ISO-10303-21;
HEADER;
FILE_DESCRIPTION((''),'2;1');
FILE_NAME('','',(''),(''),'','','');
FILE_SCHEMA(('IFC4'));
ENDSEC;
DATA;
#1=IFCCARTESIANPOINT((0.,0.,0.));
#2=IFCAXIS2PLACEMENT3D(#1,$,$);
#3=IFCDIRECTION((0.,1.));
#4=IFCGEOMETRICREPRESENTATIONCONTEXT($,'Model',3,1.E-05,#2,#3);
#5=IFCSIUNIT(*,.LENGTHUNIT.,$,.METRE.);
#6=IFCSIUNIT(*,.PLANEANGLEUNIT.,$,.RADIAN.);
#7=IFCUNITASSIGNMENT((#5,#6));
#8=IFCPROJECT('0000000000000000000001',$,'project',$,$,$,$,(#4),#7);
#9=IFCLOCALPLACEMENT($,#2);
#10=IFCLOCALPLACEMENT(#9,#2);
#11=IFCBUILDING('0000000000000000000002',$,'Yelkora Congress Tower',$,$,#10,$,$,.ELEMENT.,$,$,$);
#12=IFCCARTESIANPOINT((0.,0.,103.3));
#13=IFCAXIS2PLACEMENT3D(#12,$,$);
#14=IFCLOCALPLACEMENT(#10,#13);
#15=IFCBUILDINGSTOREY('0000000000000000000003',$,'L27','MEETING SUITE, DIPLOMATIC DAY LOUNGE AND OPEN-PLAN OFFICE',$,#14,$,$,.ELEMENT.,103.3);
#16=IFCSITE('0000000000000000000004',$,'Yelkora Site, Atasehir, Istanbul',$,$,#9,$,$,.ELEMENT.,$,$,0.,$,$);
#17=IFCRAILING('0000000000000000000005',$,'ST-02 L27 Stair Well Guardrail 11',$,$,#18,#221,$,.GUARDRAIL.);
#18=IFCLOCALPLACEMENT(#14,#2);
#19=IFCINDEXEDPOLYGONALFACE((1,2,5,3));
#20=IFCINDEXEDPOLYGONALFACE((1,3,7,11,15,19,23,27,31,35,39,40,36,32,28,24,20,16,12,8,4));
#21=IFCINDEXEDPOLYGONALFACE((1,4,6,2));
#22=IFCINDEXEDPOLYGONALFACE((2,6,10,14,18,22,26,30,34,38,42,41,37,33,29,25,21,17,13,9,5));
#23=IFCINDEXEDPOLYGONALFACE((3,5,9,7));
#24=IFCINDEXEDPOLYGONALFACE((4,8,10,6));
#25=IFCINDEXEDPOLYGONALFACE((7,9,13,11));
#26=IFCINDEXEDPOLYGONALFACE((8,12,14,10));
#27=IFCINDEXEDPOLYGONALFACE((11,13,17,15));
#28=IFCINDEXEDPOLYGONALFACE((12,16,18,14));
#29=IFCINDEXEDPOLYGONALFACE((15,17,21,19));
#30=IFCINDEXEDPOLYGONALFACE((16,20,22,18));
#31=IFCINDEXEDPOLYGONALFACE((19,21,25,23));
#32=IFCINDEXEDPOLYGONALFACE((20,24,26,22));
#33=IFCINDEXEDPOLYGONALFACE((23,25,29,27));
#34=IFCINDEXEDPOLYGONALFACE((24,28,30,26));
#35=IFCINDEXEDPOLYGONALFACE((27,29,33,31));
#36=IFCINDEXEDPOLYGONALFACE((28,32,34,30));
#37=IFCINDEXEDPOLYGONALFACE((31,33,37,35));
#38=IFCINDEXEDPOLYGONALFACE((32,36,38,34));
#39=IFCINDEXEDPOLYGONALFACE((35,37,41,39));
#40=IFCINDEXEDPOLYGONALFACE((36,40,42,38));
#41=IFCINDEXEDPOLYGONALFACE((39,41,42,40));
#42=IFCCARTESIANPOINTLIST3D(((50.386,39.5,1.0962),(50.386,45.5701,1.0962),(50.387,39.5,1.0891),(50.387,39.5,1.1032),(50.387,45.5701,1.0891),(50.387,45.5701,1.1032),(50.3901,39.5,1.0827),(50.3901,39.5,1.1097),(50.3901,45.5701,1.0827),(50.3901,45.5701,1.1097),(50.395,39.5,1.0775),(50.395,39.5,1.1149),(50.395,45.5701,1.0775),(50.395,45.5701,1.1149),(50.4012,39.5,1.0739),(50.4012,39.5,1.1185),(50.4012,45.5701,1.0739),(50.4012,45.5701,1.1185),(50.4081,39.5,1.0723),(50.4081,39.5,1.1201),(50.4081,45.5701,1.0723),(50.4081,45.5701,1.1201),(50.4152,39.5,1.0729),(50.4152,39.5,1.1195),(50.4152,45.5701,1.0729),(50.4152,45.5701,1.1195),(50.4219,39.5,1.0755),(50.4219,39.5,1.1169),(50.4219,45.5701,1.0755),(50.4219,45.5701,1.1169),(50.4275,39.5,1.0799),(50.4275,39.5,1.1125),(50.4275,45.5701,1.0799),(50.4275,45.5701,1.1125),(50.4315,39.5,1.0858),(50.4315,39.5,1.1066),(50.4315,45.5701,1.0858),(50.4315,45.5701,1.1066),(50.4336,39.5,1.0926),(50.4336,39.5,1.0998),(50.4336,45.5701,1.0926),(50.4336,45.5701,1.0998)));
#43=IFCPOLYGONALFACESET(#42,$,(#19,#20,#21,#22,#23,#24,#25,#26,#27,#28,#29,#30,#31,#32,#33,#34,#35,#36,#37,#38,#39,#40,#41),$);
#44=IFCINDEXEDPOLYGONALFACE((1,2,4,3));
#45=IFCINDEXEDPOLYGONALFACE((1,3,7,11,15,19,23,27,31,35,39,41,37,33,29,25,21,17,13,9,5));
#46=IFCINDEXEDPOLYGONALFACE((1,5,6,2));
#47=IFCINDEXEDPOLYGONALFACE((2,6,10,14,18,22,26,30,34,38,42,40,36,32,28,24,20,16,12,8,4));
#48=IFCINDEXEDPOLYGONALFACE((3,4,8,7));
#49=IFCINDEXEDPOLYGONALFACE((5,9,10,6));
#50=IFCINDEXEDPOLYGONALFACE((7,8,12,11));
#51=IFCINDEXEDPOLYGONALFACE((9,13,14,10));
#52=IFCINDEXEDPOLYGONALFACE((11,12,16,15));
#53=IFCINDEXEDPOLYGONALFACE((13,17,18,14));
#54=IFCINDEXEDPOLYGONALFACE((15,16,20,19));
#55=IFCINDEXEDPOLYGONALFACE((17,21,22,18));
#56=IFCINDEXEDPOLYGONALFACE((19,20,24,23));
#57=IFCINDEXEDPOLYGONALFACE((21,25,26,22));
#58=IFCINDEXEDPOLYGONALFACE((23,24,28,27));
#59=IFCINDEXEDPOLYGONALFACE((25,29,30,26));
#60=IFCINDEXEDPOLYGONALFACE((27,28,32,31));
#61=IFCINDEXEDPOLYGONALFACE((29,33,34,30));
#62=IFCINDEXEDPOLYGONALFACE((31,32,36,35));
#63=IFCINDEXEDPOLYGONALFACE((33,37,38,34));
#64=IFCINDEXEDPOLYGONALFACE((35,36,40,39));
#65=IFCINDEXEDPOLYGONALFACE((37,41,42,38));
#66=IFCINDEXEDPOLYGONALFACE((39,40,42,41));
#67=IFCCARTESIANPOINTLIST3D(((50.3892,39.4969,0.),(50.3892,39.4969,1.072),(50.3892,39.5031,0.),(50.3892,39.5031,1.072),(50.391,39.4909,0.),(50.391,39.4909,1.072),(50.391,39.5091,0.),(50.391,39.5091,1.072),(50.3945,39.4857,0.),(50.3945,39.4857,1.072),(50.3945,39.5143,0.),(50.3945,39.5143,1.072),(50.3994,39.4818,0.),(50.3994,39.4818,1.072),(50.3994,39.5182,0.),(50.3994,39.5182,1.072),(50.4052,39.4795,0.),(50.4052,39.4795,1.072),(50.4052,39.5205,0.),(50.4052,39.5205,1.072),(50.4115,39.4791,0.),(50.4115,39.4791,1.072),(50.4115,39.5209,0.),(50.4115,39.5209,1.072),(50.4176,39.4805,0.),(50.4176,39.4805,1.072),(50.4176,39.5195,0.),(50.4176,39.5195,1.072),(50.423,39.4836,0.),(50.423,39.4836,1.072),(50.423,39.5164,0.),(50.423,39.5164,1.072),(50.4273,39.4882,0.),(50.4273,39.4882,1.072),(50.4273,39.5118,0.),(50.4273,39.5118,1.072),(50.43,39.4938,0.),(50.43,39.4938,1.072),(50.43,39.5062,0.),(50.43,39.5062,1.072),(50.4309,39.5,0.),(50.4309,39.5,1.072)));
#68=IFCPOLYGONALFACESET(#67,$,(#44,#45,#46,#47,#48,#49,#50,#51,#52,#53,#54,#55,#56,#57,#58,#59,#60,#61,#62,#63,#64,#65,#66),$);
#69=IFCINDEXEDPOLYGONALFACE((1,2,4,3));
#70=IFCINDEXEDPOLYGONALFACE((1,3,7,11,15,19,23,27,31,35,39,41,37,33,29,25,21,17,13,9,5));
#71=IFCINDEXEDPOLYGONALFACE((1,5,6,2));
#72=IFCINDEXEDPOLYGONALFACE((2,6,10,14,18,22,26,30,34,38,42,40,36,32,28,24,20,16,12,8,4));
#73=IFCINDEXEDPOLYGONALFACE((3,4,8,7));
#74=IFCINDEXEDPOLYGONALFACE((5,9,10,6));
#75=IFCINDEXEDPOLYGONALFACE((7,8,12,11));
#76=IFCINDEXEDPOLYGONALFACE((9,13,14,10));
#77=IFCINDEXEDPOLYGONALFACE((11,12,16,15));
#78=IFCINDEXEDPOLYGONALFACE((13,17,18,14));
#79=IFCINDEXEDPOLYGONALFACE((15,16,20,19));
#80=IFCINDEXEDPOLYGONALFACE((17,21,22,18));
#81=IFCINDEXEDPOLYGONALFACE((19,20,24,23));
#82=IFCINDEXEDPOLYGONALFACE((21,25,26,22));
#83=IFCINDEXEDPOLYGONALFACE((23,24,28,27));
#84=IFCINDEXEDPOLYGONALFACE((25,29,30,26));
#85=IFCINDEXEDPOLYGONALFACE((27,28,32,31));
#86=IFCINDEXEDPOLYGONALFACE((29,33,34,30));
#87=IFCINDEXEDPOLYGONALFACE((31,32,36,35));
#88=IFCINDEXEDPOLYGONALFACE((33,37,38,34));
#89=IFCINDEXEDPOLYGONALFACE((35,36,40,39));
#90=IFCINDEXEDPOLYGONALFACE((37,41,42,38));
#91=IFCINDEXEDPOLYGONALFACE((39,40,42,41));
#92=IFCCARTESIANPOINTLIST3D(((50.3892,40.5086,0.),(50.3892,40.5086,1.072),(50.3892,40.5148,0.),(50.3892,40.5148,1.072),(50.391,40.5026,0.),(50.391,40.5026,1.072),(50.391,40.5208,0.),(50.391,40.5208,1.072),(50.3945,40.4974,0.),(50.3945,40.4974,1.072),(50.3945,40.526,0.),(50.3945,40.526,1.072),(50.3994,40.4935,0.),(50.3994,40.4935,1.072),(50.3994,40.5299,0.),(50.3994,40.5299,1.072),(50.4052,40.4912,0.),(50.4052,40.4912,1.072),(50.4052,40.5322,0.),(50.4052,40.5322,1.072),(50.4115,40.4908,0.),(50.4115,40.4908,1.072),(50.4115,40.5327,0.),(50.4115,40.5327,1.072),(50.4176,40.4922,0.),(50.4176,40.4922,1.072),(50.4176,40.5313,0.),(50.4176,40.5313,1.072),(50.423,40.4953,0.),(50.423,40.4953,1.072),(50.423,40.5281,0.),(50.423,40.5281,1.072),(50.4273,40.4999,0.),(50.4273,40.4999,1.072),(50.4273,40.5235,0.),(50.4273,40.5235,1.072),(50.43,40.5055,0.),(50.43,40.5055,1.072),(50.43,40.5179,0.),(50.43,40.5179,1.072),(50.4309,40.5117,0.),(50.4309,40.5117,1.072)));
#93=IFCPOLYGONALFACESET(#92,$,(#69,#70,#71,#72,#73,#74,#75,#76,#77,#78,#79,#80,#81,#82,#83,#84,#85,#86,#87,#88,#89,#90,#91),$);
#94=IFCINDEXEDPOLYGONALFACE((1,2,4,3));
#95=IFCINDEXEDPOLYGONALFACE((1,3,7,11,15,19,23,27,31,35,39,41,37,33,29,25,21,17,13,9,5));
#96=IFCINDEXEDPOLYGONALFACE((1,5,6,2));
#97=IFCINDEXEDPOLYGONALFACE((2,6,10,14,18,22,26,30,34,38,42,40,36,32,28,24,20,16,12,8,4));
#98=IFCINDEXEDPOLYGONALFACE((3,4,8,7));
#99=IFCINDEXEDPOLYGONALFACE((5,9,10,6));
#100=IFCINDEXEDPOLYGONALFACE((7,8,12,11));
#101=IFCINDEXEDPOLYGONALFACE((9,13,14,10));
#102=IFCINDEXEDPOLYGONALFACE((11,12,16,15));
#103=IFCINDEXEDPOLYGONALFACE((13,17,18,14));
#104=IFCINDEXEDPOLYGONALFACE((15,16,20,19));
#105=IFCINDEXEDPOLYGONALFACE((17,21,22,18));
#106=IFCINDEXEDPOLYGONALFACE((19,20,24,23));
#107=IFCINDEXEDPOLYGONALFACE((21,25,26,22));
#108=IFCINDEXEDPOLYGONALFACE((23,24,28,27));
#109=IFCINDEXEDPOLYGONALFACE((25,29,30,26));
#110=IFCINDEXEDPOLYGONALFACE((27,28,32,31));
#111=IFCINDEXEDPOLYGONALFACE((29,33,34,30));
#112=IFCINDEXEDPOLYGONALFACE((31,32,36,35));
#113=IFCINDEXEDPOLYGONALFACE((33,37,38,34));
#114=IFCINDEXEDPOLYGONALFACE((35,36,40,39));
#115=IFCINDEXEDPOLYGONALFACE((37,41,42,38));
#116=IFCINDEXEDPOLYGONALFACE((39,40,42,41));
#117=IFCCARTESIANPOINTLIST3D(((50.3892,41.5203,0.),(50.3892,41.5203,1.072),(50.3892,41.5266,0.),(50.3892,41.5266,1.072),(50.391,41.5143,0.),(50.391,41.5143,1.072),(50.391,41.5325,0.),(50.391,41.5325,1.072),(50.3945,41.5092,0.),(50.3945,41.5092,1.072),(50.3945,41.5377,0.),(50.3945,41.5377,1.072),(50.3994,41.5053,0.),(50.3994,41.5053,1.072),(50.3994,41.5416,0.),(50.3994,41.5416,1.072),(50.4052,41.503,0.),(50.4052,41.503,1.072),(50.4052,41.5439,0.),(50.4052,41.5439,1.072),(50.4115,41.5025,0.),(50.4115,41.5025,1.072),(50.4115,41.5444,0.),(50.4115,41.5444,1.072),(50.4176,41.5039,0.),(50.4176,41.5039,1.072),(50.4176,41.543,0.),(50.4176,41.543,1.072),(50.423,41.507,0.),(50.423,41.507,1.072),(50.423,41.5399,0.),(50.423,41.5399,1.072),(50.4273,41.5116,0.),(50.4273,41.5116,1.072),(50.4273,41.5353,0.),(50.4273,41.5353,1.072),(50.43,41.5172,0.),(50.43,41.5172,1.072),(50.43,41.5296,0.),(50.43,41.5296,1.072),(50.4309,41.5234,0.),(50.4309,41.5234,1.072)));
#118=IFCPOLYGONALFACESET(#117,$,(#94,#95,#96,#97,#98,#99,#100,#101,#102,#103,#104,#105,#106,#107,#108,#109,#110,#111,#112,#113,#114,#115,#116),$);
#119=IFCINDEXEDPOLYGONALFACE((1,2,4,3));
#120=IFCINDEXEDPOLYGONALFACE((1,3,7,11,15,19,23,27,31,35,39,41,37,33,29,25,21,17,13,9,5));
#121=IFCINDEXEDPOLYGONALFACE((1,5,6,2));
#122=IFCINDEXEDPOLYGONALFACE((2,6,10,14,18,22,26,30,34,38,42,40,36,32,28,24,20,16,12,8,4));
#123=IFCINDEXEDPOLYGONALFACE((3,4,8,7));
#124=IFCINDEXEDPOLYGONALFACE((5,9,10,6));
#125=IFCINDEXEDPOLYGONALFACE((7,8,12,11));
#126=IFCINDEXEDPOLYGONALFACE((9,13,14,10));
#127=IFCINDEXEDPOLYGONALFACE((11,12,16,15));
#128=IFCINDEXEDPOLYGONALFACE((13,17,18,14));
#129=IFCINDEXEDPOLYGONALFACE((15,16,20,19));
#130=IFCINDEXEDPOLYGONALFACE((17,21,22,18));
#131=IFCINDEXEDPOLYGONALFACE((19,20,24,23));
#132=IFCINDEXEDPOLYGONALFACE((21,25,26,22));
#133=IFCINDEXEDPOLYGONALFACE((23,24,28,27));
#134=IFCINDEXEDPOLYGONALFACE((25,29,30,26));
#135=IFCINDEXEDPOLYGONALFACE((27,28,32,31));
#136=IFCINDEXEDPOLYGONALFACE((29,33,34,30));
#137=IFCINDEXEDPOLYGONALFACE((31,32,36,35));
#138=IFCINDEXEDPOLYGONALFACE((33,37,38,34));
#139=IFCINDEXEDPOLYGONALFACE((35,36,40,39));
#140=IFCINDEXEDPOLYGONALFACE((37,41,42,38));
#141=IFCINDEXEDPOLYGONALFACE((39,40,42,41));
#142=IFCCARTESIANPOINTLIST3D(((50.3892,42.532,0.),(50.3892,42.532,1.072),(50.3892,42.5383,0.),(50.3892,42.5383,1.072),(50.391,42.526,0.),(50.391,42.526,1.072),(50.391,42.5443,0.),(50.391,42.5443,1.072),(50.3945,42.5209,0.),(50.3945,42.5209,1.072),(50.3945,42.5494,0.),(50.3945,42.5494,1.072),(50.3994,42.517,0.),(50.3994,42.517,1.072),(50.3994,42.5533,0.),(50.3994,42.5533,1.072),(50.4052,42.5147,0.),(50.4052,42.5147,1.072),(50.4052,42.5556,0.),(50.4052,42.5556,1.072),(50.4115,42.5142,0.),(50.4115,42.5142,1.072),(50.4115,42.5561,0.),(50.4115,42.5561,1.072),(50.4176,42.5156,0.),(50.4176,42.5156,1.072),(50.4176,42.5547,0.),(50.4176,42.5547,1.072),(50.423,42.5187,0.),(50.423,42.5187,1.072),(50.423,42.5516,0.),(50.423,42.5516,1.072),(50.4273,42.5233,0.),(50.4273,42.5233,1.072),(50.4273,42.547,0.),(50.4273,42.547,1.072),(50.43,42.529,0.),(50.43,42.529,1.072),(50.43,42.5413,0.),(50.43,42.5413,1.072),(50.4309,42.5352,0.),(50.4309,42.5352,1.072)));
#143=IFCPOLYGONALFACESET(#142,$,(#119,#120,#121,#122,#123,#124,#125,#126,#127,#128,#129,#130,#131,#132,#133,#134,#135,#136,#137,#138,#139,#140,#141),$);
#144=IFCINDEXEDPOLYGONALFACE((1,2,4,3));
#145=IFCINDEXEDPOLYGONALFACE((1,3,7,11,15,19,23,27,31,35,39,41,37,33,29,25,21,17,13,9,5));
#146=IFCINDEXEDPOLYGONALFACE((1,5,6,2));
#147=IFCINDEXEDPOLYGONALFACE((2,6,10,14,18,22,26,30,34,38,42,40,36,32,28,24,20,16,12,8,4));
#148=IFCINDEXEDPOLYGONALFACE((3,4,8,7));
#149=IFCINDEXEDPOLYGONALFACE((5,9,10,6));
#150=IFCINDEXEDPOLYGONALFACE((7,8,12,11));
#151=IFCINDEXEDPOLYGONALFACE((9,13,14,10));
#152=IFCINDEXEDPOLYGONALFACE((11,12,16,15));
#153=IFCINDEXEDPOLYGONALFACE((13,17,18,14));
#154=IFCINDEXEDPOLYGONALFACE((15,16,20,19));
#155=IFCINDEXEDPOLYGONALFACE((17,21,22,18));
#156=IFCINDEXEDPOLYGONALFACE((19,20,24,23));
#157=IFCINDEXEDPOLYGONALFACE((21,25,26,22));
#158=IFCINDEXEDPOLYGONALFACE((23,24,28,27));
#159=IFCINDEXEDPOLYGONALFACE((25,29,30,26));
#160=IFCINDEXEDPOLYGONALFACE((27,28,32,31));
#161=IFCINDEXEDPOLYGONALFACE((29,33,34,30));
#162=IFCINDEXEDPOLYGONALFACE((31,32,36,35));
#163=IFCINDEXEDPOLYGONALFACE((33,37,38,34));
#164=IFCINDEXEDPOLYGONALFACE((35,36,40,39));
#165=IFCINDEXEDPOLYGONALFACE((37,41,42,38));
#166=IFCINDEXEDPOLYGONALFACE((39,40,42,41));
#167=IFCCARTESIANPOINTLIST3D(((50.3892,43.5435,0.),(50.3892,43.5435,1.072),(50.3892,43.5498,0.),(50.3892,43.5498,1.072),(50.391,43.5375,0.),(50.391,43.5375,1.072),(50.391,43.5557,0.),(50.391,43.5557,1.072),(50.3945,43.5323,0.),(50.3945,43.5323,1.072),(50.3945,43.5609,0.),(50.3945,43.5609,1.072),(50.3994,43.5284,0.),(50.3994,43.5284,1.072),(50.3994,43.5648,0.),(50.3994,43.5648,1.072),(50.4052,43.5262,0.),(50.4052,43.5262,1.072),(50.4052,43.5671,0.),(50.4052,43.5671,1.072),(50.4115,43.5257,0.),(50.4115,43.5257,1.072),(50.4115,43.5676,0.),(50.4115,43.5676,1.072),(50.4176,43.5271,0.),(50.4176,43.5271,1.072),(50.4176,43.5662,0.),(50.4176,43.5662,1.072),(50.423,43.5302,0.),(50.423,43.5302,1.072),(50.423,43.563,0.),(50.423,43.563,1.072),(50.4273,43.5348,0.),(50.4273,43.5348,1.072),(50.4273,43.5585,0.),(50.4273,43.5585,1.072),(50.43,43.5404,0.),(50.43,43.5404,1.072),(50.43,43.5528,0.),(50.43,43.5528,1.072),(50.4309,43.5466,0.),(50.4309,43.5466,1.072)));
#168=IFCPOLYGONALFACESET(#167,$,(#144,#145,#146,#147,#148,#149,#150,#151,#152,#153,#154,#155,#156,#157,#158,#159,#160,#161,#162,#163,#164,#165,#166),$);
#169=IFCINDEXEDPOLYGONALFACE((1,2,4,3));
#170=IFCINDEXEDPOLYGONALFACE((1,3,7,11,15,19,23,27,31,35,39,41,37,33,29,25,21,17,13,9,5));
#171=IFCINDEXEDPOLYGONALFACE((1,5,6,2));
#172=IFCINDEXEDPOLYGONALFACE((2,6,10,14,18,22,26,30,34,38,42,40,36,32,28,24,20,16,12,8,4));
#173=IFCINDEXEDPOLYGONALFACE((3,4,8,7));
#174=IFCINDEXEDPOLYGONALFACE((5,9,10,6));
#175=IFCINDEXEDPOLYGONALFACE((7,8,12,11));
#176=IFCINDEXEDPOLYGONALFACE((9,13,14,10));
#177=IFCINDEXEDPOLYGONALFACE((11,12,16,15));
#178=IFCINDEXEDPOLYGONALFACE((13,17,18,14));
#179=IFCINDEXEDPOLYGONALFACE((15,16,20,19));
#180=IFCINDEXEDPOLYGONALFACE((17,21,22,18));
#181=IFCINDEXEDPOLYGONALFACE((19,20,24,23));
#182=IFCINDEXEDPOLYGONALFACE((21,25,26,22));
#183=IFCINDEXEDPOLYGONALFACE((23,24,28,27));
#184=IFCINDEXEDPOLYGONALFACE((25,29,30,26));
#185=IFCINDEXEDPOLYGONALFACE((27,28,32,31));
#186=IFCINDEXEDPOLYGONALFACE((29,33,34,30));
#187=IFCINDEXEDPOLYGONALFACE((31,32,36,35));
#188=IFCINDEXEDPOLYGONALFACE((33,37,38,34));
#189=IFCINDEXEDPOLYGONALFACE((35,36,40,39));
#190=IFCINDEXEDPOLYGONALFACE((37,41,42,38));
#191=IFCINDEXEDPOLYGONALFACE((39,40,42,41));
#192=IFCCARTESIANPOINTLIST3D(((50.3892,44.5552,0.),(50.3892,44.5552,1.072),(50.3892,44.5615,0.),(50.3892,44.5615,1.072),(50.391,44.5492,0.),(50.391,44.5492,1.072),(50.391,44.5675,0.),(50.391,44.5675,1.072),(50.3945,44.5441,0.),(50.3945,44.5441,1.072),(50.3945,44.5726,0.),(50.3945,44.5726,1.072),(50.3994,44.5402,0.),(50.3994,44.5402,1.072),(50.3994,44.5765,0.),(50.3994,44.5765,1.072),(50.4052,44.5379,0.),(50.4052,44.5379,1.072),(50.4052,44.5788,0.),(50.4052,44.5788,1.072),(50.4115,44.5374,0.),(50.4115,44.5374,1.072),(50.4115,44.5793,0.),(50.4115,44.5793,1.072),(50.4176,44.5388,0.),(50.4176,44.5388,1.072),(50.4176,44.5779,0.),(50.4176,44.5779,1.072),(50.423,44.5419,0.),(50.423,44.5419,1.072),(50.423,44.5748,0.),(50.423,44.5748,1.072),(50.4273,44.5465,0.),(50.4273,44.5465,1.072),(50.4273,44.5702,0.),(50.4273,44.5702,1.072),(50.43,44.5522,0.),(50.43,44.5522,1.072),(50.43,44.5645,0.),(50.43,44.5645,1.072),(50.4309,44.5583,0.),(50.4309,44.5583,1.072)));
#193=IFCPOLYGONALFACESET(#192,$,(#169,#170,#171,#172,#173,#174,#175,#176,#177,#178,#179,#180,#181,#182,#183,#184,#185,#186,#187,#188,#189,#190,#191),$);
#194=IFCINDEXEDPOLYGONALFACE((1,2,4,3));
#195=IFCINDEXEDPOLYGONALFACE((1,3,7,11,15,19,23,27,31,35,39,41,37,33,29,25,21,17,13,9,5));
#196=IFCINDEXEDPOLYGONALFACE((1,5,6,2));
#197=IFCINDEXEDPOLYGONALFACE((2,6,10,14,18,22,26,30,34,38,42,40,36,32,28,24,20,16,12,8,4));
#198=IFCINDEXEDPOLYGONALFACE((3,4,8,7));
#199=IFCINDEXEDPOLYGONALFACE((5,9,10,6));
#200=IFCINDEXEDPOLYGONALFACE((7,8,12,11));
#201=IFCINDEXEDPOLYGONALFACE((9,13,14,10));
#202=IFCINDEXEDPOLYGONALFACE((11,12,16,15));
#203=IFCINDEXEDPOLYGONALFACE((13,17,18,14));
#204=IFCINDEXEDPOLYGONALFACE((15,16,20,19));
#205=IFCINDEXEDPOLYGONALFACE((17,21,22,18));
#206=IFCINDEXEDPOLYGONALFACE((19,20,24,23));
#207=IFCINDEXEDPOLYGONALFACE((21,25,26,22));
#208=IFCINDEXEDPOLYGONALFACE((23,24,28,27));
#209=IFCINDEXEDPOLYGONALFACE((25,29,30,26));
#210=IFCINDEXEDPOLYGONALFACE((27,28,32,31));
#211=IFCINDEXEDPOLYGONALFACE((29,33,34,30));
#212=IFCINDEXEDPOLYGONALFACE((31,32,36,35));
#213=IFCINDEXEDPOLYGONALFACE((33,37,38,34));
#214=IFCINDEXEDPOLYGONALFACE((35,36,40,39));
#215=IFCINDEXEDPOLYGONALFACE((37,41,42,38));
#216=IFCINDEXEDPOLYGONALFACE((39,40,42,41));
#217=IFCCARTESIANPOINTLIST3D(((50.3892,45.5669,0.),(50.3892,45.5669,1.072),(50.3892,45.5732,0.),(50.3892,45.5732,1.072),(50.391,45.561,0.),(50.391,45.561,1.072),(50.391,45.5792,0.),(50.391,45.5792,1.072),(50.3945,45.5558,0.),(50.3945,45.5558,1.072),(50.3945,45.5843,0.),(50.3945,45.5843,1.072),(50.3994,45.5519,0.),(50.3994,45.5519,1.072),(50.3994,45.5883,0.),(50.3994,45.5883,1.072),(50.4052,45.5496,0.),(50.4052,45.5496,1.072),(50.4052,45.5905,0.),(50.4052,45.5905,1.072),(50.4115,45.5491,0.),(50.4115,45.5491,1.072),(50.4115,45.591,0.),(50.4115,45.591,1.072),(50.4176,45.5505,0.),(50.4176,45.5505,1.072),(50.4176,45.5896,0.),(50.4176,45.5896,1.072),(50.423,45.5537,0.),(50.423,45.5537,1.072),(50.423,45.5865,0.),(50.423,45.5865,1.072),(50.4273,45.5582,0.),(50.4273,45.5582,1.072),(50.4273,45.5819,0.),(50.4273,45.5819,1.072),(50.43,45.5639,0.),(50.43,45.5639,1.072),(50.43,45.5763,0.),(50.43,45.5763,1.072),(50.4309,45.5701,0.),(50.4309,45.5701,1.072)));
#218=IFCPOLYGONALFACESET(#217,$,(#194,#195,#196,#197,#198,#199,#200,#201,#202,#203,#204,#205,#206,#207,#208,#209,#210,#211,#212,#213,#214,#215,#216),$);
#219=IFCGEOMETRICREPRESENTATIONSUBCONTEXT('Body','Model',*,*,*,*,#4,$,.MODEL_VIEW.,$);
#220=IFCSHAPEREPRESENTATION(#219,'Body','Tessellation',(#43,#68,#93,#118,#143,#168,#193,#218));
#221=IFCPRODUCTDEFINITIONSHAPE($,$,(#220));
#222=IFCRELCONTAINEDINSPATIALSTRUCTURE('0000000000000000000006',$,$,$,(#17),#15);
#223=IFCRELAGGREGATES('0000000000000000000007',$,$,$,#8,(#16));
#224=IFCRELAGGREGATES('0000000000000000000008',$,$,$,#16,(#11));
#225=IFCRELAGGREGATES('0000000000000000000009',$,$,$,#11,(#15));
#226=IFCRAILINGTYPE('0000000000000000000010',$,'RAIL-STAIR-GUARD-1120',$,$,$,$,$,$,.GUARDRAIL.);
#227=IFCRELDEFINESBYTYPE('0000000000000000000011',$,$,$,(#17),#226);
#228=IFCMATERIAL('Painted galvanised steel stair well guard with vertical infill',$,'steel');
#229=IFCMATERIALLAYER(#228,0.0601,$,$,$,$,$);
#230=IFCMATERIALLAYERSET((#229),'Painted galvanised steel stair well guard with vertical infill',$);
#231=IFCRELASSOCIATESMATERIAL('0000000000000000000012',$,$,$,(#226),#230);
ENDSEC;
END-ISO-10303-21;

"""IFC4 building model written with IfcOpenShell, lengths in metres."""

from ifc_helpers import new_model, si_unit, direction, frame, origin, origin_2d, place, context, subcontext, project, spatial, circle, extrude, material, layer, layer_set, type_object, element, save


model = new_model("IFC4")

# Units and contexts
model_context = context("Model", 3, precision=1e-05, world=origin(), true_north=direction((0.0, 1.0)))
body_context = subcontext(model_context, "Body", "Model", "MODEL_VIEW")
ifc_project = project(units=[si_unit("LENGTHUNIT", "METRE"), si_unit("PLANEANGLEUNIT", "RADIAN")], contexts=[model_context])

# Site, building, storey
site_placement = place(None, origin())
site = spatial("IfcSite", under=ifc_project, at=site_placement, Name="Yelkora Site, Atasehir, Istanbul", CompositionType="ELEMENT", RefElevation=0.0)
building_placement = place(site_placement, origin())
building = spatial("IfcBuilding", under=site, at=building_placement, Name="Yelkora Congress Tower", CompositionType="ELEMENT")
storey_placement = place(building_placement, frame((0.0, 0.0, 103.3)))
storey = spatial("IfcBuildingStorey", under=building, at=storey_placement, Name="L27", Description="MEETING SUITE, DIPLOMATIC DAY LOUNGE AND OPEN-PLAN OFFICE", CompositionType="ELEMENT", Elevation=103.3)

# Railing
ifc_material_1 = material(Name="Painted galvanised steel stair well guard with vertical infill", Category="steel")
ifc_layer_1 = layer(ifc_material_1, 0.0601)
ifc_layer_set_1 = layer_set([ifc_layer_1], Name="Painted galvanised steel stair well guard with vertical infill")
railing_type_1 = type_object("IfcRailingType", Name="RAIL-STAIR-GUARD-1120", PredefinedType="GUARDRAIL", material=ifc_layer_set_1)
railing_1_placement = place(storey_placement, frame((50.4099, 39.5, 0.0)))
element("IfcRailing", 1, at=railing_1_placement, inside=storey, type_object=railing_type_1, Name="ST-02 L27 Stair Well Guardrail 11", PredefinedType="GUARDRAIL", context=body_context, shape_type="SweptSolid", body=[
    extrude(circle(Radius=0.0239, at=origin_2d()), frame((0.0, 0.0, 1.0962), z_axis=(0.0, 1.0, 0.0), x_axis=(-1.0, 0.0, 0.0)), (0.0, 0.0, 1.0), 6.0701),
    extrude(circle(Radius=0.021, at=origin_2d()), origin(), (0.0, 0.0, 1.0), 1.072),
    extrude(circle(Radius=0.021, at=origin_2d()), frame((0.0, 1.0117, 0.0)), (0.0, 0.0, 1.0), 1.072),
    extrude(circle(Radius=0.021, at=origin_2d()), frame((0.0, 2.0234, 0.0)), (0.0, 0.0, 1.0), 1.072),
    extrude(circle(Radius=0.021, at=origin_2d()), frame((0.0, 3.0352, 0.0)), (0.0, 0.0, 1.0), 1.072),
    extrude(circle(Radius=0.021, at=origin_2d()), frame((0.0, 4.0466, 0.0)), (0.0, 0.0, 1.0), 1.072),
    extrude(circle(Radius=0.021, at=origin_2d()), frame((0.0, 5.0583, 0.0)), (0.0, 0.0, 1.0), 1.072),
    extrude(circle(Radius=0.021, at=origin_2d()), frame((0.0, 6.0701, 0.0)), (0.0, 0.0, 1.0), 1.072),
])

save(model, "model.ifc")
